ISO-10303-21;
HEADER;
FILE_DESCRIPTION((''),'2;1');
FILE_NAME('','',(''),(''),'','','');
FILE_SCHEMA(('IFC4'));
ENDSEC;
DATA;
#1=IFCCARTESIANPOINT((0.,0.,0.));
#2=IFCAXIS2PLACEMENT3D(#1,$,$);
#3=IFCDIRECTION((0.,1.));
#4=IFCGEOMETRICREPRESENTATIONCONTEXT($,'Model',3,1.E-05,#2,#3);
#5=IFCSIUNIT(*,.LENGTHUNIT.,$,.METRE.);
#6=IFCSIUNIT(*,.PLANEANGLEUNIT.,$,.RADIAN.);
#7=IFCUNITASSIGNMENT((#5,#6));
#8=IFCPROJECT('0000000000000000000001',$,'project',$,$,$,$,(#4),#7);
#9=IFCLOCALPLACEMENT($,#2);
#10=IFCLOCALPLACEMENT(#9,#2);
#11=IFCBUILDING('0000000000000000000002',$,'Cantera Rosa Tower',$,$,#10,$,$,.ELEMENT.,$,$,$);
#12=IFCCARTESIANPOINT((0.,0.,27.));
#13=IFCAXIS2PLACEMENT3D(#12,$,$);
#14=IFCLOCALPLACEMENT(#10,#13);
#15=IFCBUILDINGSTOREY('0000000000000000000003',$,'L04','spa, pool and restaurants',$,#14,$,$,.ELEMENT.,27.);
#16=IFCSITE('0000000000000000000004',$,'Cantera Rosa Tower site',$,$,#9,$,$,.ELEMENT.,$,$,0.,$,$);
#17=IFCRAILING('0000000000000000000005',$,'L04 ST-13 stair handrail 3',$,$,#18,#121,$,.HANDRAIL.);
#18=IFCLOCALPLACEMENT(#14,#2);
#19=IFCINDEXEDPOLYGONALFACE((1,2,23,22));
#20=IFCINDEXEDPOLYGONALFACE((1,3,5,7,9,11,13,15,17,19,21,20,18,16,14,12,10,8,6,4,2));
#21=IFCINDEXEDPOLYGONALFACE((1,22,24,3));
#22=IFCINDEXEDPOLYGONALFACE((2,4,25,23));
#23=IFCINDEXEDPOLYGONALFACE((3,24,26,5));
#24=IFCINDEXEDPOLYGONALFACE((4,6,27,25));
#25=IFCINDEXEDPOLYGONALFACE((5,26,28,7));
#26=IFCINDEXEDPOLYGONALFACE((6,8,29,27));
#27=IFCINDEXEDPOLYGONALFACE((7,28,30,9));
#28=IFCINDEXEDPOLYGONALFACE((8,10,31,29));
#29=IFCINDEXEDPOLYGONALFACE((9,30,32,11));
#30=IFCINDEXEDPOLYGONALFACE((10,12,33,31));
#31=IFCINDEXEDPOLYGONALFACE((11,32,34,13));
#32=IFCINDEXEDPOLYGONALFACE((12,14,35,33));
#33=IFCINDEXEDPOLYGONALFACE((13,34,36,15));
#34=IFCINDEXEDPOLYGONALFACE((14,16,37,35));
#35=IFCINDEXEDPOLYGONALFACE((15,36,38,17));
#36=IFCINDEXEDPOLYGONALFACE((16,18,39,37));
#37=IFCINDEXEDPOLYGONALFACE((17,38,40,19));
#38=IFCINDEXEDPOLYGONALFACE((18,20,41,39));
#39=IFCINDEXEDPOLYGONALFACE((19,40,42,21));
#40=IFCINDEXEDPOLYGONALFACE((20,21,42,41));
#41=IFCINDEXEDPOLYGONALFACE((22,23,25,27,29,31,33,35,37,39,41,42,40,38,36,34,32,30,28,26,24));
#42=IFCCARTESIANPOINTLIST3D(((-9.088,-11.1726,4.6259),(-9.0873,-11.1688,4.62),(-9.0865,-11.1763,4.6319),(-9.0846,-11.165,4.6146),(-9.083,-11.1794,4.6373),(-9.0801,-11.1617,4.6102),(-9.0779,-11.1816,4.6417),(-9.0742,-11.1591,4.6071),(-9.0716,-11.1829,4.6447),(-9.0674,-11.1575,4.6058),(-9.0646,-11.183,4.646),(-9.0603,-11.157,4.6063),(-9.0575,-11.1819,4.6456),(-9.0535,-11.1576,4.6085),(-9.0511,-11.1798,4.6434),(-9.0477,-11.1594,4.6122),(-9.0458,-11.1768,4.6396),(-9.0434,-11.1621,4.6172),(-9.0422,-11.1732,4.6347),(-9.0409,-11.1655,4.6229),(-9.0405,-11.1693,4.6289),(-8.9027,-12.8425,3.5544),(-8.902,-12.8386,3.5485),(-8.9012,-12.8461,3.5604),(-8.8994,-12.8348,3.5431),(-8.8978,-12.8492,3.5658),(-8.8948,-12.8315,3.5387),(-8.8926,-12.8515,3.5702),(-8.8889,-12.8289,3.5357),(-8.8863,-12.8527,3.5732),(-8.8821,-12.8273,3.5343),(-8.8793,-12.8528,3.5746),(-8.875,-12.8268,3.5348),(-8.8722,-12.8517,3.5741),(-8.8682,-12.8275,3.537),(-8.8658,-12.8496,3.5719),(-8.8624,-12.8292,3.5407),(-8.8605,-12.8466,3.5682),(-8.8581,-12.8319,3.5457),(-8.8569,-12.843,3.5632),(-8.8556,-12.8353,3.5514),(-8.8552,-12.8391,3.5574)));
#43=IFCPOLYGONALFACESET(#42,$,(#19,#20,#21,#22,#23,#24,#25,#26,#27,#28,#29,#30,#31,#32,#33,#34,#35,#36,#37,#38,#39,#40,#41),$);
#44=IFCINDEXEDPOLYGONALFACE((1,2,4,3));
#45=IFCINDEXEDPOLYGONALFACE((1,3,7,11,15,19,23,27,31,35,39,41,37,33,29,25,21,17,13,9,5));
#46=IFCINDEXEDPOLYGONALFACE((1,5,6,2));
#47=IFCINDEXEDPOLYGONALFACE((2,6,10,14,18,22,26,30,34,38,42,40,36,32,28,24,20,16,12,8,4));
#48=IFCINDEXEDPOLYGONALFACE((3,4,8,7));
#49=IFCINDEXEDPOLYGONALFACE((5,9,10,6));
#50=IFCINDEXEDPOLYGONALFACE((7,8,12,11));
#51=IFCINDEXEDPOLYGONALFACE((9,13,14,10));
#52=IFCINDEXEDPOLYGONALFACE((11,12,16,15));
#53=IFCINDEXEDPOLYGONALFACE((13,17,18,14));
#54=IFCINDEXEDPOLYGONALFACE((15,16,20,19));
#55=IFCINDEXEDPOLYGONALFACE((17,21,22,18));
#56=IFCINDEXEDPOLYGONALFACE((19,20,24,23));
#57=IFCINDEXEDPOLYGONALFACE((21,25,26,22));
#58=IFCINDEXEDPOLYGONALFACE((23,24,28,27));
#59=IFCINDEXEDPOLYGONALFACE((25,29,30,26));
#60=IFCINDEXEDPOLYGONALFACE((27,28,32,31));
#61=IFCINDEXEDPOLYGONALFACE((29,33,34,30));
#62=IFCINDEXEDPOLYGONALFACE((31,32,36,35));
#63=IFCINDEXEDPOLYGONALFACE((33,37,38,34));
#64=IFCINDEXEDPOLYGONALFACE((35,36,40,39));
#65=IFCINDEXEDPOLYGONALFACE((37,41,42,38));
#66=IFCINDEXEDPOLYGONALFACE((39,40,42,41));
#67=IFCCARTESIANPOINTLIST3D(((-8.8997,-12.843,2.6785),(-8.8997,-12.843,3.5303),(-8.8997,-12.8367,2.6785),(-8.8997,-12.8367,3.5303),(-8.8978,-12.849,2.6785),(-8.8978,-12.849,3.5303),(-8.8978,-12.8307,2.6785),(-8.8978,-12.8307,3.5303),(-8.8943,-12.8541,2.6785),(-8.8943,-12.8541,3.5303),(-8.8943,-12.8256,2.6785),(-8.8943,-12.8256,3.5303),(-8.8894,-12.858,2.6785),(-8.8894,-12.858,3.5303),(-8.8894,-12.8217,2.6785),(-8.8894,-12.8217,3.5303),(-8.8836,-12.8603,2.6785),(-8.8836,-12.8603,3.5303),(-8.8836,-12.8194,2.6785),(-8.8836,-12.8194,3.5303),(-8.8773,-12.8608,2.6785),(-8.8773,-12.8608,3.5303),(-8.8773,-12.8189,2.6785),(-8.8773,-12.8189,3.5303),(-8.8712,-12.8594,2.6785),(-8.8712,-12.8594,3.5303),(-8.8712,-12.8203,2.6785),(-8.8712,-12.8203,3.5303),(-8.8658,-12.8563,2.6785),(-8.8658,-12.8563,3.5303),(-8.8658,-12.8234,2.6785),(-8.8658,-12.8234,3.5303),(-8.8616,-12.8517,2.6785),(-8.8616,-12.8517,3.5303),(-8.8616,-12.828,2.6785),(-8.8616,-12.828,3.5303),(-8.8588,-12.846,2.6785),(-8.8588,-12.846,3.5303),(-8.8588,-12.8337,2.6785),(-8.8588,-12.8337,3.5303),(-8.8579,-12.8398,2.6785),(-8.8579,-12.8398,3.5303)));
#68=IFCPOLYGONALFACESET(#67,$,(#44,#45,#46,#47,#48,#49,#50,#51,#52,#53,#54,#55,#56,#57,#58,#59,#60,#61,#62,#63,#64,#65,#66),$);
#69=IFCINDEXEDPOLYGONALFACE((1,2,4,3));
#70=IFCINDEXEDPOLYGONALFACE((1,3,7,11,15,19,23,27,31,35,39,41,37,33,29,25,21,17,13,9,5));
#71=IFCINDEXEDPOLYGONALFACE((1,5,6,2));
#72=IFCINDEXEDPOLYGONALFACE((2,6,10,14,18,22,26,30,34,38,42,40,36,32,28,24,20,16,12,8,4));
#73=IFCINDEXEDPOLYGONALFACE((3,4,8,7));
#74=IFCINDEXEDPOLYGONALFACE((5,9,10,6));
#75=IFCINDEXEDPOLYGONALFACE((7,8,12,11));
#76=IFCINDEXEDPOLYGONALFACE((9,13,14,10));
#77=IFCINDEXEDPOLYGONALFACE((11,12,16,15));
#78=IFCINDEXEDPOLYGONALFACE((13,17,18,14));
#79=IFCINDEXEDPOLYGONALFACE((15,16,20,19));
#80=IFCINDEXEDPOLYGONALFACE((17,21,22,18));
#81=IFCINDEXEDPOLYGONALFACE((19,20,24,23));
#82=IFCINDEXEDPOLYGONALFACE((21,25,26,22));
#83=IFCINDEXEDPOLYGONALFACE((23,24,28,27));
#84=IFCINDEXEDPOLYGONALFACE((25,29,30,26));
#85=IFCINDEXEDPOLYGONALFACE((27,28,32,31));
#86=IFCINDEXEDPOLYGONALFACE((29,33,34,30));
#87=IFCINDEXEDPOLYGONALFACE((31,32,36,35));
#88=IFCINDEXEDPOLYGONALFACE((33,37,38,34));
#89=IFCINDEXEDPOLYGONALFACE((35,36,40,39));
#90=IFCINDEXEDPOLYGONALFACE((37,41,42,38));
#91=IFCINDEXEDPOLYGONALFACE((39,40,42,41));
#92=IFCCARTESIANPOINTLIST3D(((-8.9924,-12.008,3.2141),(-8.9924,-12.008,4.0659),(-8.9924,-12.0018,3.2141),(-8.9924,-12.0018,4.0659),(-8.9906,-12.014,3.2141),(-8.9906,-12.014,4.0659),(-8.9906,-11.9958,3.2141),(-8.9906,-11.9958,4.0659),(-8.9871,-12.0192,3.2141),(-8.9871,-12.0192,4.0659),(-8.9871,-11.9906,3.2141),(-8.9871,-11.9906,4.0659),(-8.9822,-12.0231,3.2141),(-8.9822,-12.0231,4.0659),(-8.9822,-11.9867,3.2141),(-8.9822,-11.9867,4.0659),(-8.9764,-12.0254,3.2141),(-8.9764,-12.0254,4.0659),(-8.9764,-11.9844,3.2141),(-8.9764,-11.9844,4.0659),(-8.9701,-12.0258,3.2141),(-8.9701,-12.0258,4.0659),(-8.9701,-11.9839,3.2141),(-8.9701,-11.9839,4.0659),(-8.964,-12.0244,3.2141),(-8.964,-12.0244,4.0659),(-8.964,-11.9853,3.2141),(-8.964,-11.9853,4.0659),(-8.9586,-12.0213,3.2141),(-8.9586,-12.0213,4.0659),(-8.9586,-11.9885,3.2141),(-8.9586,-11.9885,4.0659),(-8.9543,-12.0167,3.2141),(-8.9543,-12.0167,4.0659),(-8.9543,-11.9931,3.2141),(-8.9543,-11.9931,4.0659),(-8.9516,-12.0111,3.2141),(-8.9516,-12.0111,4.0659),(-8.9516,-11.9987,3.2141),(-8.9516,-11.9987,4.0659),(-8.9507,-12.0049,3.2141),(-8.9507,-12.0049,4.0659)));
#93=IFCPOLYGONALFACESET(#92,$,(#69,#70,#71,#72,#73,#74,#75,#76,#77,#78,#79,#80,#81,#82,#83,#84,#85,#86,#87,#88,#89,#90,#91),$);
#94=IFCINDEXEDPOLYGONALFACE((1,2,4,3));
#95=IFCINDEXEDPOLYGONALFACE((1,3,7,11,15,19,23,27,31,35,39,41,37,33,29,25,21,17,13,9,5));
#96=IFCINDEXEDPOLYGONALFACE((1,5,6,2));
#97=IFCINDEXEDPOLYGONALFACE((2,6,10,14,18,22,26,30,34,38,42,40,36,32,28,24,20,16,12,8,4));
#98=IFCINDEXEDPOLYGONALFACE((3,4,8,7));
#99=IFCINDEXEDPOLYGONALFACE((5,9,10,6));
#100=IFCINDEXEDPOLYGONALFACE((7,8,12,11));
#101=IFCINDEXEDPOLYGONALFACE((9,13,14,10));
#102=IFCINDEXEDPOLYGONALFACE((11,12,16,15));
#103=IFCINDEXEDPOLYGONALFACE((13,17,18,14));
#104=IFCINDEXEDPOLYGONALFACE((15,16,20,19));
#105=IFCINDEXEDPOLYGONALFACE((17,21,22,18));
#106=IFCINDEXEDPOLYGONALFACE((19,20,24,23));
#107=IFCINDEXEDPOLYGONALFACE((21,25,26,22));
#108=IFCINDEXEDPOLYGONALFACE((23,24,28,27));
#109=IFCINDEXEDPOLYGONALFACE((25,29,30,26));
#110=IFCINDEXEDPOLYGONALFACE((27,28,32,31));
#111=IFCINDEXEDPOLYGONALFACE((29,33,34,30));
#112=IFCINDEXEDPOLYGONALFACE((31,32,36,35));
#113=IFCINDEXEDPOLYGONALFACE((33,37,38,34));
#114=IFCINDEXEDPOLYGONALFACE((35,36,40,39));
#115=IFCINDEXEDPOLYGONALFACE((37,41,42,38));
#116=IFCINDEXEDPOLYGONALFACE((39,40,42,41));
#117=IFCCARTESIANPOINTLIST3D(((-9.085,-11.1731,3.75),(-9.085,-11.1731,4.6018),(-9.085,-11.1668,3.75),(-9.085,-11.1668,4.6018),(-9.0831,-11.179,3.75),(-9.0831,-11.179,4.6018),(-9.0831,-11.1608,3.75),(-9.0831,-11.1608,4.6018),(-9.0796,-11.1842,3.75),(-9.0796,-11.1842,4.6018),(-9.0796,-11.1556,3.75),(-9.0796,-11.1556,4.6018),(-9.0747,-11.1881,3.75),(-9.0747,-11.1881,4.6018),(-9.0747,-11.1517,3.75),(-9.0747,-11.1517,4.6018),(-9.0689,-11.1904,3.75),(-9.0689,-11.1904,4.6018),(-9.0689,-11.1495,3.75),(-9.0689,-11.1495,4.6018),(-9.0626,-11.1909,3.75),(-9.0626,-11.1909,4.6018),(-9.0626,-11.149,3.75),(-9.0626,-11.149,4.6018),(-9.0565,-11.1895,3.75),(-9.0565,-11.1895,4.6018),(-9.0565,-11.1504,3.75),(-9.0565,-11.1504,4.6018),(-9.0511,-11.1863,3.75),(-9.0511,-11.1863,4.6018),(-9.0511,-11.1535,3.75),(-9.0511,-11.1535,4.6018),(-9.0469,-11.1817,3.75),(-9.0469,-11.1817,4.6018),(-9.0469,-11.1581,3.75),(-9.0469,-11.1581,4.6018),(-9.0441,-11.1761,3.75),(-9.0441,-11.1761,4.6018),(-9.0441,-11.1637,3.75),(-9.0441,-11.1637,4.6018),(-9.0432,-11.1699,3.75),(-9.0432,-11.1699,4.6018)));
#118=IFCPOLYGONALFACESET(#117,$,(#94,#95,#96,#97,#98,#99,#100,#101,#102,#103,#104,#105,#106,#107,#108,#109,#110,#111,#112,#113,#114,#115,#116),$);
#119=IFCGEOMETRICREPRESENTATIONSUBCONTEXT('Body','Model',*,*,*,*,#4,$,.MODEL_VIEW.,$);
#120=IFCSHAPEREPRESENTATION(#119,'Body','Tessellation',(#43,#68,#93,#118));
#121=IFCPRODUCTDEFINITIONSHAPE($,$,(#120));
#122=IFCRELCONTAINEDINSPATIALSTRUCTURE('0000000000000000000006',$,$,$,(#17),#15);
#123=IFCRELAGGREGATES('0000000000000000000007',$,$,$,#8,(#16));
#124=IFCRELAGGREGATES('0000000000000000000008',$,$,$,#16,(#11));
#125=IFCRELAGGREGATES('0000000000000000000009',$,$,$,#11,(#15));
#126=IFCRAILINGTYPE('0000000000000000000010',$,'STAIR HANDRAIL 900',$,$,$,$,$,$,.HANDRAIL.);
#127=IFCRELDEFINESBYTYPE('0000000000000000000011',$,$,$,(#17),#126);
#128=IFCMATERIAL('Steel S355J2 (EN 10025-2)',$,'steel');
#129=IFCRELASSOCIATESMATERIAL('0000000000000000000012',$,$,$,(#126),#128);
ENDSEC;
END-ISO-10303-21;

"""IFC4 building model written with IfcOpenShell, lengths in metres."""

from ifc_helpers import new_model, si_unit, direction, frame, origin, origin_2d, place, context, subcontext, project, spatial, circle, extrude, material, type_object, element, save


model = new_model("IFC4")

# Units and contexts
model_context = context("Model", 3, precision=1e-05, world=origin(), true_north=direction((0.0, 1.0)))
body_context = subcontext(model_context, "Body", "Model", "MODEL_VIEW")
ifc_project = project(units=[si_unit("LENGTHUNIT", "METRE"), si_unit("PLANEANGLEUNIT", "RADIAN")], contexts=[model_context])

# Site, building, storey
site_placement = place(None, origin())
site = spatial("IfcSite", under=ifc_project, at=site_placement, Name="Cantera Rosa Tower site", CompositionType="ELEMENT", RefElevation=0.0)
building_placement = place(site_placement, origin())
building = spatial("IfcBuilding", under=site, at=building_placement, Name="Cantera Rosa Tower", CompositionType="ELEMENT")
storey_placement = place(building_placement, frame((0.0, 0.0, 27.0)))
storey = spatial("IfcBuildingStorey", under=building, at=storey_placement, Name="L04", Description="spa, pool and restaurants", CompositionType="ELEMENT", Elevation=27.0)

# Railing
ifc_material_1 = material(Name="Steel S355J2 (EN 10025-2)", Category="steel")
railing_type_1 = type_object("IfcRailingType", Name="STAIR HANDRAIL 900", PredefinedType="HANDRAIL", material=ifc_material_1)
railing_1_placement = place(storey_placement, frame((-8.8789, -12.8398, 2.6785)))
element("IfcRailing", 1, at=railing_1_placement, inside=storey, type_object=railing_type_1, Name="L04 ST-13 stair handrail 3", PredefinedType="HANDRAIL", context=body_context, shape_type="SweptSolid", body=[
    extrude(circle(Radius=0.0239, at=origin_2d()), frame((0.0, 0.0, 0.876), z_axis=(-0.092987, 0.837987, 0.537709), x_axis=(-0.9939, -0.110288, 0.0)), (0.0, 0.0, 1.0), 1.9927),
    extrude(circle(Radius=0.021, at=origin_2d()), origin(), (0.0, 0.0, 1.0), 0.8518),
    extrude(circle(Radius=0.021, at=origin_2d()), frame((-0.0928, 0.835, 0.5356)), (0.0, 0.0, 1.0), 0.8518),
    extrude(circle(Radius=0.021, at=origin_2d()), frame((-0.1853, 1.6699, 1.0715)), (0.0, 0.0, 1.0), 0.8518),
])

save(model, "model.ifc")
